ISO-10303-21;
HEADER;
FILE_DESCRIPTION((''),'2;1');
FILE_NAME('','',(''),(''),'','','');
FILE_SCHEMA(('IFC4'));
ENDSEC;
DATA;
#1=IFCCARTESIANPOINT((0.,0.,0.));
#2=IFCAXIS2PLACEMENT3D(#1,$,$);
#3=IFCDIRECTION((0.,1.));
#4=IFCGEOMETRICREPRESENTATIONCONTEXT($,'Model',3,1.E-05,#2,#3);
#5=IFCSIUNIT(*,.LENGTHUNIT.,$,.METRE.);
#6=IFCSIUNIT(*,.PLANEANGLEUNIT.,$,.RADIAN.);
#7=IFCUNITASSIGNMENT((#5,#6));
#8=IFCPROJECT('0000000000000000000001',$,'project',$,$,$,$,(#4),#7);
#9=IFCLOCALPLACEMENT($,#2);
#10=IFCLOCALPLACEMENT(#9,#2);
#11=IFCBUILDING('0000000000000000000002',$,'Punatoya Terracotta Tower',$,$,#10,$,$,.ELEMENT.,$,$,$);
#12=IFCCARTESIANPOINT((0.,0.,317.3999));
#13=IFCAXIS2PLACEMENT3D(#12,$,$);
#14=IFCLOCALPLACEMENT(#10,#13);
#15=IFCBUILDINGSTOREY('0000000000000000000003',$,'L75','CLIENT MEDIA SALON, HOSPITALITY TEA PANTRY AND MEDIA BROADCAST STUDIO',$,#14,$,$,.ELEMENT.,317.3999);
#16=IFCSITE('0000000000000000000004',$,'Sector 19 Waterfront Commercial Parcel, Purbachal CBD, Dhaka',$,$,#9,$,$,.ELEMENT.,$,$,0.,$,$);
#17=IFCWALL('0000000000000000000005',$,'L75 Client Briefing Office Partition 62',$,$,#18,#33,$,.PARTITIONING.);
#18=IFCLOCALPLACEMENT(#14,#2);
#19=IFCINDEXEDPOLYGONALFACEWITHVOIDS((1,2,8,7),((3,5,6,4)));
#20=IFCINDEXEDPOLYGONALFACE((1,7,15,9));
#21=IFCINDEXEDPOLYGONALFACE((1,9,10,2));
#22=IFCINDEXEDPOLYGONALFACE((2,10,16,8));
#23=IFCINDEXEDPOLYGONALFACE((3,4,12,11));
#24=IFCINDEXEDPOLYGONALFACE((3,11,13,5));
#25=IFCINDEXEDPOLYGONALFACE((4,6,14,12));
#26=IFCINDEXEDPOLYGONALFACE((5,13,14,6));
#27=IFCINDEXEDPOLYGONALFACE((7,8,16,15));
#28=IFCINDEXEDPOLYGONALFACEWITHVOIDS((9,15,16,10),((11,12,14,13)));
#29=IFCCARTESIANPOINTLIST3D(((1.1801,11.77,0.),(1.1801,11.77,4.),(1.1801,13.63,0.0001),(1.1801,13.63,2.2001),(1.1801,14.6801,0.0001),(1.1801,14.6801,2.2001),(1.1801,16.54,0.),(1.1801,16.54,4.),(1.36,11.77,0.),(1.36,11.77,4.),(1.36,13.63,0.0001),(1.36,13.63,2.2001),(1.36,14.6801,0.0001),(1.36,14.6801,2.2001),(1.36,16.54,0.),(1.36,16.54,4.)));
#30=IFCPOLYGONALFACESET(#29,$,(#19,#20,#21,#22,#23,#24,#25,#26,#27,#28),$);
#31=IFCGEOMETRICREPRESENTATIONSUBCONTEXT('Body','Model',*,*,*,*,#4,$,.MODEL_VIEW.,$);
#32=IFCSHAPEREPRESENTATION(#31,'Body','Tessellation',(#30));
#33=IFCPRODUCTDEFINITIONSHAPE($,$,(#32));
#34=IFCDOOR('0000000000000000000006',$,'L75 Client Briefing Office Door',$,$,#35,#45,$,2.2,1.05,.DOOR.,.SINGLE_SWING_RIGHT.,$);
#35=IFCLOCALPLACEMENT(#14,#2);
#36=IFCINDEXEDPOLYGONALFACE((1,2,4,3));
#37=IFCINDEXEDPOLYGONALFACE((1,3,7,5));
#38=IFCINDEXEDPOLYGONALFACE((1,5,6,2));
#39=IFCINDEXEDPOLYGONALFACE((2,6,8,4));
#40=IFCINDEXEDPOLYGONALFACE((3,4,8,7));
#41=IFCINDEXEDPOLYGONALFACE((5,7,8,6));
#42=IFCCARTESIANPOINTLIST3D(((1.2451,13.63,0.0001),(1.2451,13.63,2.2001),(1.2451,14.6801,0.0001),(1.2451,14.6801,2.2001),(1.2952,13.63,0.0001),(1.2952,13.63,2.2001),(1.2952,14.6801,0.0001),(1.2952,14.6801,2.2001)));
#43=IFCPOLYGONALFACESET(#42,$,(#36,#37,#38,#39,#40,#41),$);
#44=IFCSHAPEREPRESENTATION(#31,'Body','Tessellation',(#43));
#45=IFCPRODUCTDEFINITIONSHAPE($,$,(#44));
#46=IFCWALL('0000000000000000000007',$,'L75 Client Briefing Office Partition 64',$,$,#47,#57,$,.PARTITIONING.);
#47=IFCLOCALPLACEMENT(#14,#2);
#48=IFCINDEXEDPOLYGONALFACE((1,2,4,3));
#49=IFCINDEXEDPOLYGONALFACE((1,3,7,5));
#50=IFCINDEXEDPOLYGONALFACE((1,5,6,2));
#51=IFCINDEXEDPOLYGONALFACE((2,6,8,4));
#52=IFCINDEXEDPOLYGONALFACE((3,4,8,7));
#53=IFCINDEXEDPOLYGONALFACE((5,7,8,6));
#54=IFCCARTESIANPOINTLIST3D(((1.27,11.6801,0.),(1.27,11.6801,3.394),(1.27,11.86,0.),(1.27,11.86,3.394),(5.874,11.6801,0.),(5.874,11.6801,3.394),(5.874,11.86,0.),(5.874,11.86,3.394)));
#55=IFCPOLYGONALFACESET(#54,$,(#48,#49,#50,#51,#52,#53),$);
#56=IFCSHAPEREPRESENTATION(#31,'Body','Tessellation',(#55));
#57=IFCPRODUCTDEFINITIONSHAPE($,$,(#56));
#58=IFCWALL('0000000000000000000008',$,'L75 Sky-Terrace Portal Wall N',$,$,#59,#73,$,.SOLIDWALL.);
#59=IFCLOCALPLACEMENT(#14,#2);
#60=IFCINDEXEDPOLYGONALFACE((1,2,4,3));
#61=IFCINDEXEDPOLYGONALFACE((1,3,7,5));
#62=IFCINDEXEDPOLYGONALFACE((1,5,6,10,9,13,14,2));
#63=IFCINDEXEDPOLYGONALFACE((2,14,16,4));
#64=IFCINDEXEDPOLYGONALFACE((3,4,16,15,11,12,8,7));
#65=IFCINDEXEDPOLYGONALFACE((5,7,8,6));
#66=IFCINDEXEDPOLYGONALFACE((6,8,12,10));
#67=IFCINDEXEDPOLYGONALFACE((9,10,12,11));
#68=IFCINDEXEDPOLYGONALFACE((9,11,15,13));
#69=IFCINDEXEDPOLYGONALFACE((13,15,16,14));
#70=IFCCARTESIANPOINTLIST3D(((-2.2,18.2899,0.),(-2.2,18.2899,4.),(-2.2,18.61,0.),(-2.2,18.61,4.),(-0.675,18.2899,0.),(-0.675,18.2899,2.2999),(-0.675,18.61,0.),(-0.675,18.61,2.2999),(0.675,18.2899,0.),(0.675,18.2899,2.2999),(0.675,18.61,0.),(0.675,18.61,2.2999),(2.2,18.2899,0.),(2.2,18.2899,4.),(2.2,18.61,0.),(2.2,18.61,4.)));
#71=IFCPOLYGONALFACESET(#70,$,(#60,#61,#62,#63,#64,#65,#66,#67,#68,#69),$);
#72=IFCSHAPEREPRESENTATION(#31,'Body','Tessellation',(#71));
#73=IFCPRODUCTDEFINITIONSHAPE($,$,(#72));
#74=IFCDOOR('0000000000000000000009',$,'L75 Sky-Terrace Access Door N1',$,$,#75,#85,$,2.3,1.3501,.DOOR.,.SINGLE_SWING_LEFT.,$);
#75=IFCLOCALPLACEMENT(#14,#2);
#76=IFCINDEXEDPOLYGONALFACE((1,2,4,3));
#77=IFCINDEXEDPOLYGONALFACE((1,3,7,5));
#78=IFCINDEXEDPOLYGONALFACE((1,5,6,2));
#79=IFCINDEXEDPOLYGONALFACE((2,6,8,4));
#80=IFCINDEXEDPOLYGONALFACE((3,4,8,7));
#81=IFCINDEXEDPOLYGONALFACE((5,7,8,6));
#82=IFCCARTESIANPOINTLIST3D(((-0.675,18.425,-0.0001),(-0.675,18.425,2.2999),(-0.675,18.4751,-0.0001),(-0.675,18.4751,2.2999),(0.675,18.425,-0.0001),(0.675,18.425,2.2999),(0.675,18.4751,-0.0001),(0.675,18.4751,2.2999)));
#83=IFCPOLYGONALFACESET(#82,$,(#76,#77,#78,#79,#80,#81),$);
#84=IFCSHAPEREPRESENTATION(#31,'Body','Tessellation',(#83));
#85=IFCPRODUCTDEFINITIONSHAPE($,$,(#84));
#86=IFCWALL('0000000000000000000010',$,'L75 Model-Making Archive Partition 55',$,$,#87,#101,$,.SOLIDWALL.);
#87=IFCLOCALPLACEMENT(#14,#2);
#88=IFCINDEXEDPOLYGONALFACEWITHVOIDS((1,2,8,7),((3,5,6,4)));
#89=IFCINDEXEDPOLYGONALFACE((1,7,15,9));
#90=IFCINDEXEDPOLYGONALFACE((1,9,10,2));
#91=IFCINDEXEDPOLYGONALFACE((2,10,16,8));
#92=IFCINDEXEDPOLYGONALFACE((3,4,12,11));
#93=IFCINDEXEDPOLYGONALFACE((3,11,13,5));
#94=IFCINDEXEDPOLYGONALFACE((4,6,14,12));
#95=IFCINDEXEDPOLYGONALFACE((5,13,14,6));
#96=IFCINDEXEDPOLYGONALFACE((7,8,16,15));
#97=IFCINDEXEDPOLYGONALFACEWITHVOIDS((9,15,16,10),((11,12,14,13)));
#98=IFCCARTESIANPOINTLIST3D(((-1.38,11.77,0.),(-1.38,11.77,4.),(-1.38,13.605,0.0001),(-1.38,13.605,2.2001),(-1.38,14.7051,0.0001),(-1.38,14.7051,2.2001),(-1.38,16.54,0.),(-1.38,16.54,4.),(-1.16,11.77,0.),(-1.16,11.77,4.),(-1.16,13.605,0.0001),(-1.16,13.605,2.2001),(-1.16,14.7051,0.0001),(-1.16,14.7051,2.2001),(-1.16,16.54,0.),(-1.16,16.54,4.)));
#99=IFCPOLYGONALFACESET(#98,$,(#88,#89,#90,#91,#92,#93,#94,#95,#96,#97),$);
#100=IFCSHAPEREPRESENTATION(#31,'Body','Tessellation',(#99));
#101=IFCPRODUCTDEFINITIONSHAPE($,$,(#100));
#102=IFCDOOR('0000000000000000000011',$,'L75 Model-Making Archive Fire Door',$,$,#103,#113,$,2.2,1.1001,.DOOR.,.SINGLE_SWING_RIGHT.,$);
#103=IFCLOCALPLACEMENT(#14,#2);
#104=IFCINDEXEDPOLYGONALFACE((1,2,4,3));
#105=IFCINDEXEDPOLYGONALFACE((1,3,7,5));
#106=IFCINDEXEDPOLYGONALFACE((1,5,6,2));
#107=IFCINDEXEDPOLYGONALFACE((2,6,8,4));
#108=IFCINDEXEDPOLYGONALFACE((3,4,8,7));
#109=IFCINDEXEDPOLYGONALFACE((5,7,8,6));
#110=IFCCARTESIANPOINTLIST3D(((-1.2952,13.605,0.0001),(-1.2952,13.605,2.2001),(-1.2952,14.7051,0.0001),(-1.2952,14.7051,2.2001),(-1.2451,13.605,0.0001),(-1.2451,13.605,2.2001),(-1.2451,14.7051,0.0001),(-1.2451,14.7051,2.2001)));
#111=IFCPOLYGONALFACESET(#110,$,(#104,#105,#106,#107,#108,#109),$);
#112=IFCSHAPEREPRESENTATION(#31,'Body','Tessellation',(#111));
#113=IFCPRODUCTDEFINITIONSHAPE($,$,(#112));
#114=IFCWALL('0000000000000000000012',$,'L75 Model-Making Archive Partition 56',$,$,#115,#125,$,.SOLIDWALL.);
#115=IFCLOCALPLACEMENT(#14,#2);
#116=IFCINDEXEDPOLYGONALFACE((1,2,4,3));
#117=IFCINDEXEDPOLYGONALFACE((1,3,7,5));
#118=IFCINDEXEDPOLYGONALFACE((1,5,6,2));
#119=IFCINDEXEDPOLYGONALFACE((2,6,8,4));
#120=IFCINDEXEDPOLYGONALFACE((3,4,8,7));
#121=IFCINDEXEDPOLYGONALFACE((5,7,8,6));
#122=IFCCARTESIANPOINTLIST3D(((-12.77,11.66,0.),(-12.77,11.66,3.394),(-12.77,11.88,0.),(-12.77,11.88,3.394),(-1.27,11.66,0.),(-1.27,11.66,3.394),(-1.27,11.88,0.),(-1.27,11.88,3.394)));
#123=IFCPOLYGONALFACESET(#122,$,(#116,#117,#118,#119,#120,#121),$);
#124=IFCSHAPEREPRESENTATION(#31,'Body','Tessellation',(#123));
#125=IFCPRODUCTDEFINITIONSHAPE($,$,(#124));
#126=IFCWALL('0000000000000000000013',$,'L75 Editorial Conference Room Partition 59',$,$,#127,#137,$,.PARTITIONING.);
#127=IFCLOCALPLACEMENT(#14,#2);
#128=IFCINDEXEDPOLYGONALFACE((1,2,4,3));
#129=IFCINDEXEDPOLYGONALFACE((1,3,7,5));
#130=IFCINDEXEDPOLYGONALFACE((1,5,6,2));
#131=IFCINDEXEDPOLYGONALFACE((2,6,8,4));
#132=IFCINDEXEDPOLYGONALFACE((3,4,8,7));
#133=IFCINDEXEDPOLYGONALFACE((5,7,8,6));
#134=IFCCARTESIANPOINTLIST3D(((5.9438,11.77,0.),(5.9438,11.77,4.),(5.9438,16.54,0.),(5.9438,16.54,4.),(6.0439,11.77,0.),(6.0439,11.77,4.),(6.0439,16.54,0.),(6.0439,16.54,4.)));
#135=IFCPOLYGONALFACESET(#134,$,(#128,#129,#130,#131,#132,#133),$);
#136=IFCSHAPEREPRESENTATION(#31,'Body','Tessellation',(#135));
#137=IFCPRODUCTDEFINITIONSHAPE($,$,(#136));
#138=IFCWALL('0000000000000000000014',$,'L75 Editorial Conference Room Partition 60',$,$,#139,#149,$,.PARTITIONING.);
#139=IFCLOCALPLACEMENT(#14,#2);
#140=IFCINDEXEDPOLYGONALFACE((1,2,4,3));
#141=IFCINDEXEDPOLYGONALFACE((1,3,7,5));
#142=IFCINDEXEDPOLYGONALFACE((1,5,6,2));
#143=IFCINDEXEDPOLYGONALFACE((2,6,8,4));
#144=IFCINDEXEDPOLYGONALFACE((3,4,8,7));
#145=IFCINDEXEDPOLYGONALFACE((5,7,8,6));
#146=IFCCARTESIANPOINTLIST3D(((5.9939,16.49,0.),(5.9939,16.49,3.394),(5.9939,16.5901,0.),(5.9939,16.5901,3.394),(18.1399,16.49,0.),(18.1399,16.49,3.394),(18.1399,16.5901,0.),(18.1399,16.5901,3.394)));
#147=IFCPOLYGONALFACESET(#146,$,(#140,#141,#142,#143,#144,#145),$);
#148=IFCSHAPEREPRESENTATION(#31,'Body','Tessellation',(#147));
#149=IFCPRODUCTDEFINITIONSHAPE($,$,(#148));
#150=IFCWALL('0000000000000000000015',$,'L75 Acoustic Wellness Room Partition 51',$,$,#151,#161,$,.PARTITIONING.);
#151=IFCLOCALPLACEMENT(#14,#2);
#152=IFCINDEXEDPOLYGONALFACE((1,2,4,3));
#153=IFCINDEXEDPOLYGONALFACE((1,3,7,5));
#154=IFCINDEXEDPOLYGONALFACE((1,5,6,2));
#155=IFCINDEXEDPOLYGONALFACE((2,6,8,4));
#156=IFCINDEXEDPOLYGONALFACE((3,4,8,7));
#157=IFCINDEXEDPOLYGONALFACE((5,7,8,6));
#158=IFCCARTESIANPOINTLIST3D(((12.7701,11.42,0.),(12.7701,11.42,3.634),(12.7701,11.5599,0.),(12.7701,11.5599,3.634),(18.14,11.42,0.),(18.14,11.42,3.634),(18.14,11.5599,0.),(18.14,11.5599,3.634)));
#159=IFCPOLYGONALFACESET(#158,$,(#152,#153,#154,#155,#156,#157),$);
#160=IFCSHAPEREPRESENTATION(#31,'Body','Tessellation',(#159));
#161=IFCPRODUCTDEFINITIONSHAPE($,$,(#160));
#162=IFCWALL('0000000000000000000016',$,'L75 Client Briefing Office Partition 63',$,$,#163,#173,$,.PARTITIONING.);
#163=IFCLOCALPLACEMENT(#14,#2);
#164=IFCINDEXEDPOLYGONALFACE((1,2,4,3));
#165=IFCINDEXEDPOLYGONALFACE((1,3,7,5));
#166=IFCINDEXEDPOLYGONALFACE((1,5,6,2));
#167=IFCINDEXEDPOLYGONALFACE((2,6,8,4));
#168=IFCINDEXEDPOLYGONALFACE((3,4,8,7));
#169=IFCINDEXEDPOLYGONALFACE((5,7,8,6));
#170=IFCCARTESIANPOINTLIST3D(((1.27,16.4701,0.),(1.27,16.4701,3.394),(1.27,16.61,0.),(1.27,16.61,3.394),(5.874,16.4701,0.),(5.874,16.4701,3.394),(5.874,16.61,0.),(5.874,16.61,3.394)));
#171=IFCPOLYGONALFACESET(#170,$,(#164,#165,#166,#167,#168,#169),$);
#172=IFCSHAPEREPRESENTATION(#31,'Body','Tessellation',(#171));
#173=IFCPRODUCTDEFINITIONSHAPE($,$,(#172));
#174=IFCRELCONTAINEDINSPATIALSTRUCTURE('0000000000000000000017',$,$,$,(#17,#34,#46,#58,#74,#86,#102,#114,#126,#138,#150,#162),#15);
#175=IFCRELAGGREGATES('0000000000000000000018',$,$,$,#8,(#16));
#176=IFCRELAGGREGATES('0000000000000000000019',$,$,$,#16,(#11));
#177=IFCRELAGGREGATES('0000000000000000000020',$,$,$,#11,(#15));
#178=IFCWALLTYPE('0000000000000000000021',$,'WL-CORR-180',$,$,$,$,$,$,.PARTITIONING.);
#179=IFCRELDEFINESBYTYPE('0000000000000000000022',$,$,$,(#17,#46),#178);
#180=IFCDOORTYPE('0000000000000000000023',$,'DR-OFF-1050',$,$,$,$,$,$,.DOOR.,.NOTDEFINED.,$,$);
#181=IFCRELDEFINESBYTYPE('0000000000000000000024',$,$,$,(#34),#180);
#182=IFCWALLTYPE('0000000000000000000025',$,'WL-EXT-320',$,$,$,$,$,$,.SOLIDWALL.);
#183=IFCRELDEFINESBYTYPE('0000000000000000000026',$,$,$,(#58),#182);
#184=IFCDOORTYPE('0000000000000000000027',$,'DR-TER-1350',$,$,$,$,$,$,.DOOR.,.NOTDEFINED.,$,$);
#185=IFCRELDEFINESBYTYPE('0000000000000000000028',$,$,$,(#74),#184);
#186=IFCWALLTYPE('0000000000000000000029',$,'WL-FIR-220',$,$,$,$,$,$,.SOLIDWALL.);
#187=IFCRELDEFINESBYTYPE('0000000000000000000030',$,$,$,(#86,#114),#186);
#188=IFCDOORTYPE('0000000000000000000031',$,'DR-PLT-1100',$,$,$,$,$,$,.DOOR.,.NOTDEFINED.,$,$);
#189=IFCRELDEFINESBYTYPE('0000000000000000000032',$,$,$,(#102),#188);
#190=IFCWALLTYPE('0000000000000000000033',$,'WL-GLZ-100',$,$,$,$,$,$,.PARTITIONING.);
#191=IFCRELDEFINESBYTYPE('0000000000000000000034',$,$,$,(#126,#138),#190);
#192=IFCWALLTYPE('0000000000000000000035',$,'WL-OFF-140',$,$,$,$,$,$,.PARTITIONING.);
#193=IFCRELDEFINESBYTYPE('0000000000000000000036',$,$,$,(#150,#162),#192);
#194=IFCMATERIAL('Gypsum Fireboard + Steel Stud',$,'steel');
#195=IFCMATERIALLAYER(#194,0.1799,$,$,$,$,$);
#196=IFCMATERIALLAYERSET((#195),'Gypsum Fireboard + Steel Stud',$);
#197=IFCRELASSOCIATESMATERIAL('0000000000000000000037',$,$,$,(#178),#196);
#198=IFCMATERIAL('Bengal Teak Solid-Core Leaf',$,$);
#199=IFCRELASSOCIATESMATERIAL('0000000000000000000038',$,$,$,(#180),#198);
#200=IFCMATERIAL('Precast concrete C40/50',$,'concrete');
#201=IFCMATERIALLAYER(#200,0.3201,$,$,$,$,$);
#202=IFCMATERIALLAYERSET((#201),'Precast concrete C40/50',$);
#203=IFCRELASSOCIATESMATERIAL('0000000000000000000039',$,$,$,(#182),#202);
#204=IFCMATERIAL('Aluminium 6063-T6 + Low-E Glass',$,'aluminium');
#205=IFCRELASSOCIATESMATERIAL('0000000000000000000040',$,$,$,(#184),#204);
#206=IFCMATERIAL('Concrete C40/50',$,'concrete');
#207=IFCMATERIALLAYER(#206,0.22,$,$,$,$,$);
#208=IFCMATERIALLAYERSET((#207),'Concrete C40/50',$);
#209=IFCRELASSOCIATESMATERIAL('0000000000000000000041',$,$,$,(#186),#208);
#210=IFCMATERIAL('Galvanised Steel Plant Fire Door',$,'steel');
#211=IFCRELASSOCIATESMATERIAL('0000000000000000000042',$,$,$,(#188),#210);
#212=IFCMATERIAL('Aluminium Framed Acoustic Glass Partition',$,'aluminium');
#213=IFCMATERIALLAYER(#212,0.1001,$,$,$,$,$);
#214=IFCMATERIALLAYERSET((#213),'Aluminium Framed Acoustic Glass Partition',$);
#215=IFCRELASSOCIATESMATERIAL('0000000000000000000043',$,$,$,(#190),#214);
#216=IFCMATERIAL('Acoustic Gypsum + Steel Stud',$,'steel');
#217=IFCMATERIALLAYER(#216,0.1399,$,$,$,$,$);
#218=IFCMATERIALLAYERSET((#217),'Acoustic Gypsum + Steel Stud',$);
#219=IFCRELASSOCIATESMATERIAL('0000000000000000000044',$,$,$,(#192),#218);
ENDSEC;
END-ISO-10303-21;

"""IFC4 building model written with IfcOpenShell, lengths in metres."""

from ifc_helpers import new_model, si_unit, direction, frame, frame_2d, origin, place, context, subcontext, project, spatial, rectangle, extrude, material, layer, layer_set, type_object, element, fill, save


model = new_model("IFC4")

# Units and contexts
model_context = context("Model", 3, precision=1e-05, world=origin(), true_north=direction((0.0, 1.0)))
body_context = subcontext(model_context, "Body", "Model", "MODEL_VIEW")
ifc_project = project(units=[si_unit("LENGTHUNIT", "METRE"), si_unit("PLANEANGLEUNIT", "RADIAN")], contexts=[model_context])

# Site, building, storey
site_placement = place(None, origin())
site = spatial("IfcSite", under=ifc_project, at=site_placement, Name="Sector 19 Waterfront Commercial Parcel, Purbachal CBD, Dhaka", CompositionType="ELEMENT", RefElevation=0.0)
building_placement = place(site_placement, origin())
building = spatial("IfcBuilding", under=site, at=building_placement, Name="Punatoya Terracotta Tower", CompositionType="ELEMENT")
storey_placement = place(building_placement, frame((0.0, 0.0, 317.3999)))
storey = spatial("IfcBuildingStorey", under=building, at=storey_placement, Name="L75", Description="CLIENT MEDIA SALON, HOSPITALITY TEA PANTRY AND MEDIA BROADCAST STUDIO", CompositionType="ELEMENT", Elevation=317.3999)

# Wall, opening, door
ifc_material_1 = material(Name="Gypsum Fireboard + Steel Stud", Category="steel")
ifc_layer_1 = layer(ifc_material_1, 0.1799)
ifc_layer_set_1 = layer_set([ifc_layer_1], Name="Gypsum Fireboard + Steel Stud")
wall_type_1 = type_object("IfcWallType", Name="WL-CORR-180", PredefinedType="PARTITIONING", material=ifc_layer_set_1)
wall_1_placement = place(storey_placement, frame((1.27, 11.77, 0.0), z_axis=(0.0, 0.0, 1.0), x_axis=(0.0, 1.0, 0.0)))
wall_1 = element("IfcWall", 1, at=wall_1_placement, inside=storey, type_object=wall_type_1, Name="L75 Client Briefing Office Partition 62", PredefinedType="PARTITIONING", context=body_context, shape_type="SweptSolid", body=[
    extrude(rectangle(XDim=4.77, YDim=0.1799, at=frame_2d((2.385, 0.0))), origin(), (0.0, 0.0, 1.0), 4.0),
])
opening_1_placement = place(wall_1_placement, frame((1.8601, 0.0, 0.0)))
opening_1 = element("IfcOpeningElement", 2, at=opening_1_placement, cuts=wall_1, PredefinedType="OPENING", context=body_context, shape_type="SweptSolid", body=[
    extrude(rectangle(XDim=1.05, YDim=2.2, at=frame_2d((0.5249, 1.1001))), frame((0.0, 0.0999, 0.0), z_axis=(0.0, -1.0, 0.0), x_axis=(1.0, 0.0, 0.0)), (0.0, 0.0, 1.0), 0.2),
])
ifc_material_2 = material(Name="Bengal Teak Solid-Core Leaf")
door_type_1 = type_object("IfcDoorType", Name="DR-OFF-1050", OperationType="NOTDEFINED", PredefinedType="DOOR", material=ifc_material_2)
door_1_placement = place(opening_1_placement, origin())
door_1 = element("IfcDoor", 3, at=door_1_placement, inside=storey, type_object=door_type_1, Name="L75 Client Briefing Office Door", OperationType="SINGLE_SWING_RIGHT", OverallHeight=2.2, OverallWidth=1.05, PredefinedType="DOOR", context=body_context, shape_type="SweptSolid", body=[
    extrude(rectangle(XDim=1.05, YDim=2.2, at=frame_2d((0.5249, 1.1001))), frame((0.0, 0.0249, 0.0), z_axis=(0.0, -1.0, 0.0), x_axis=(1.0, 0.0, 0.0)), (0.0, 0.0, 1.0), 0.05),
])
fill(opening_1, door_1)

# Wall
wall_2_placement = place(storey_placement, frame((5.874, 11.77, 0.0), z_axis=(0.0, 0.0, 1.0), x_axis=(-1.0, 0.0, 0.0)))
element("IfcWall", 4, at=wall_2_placement, inside=storey, type_object=wall_type_1, Name="L75 Client Briefing Office Partition 64", PredefinedType="PARTITIONING", context=body_context, shape_type="SweptSolid", body=[
    extrude(rectangle(XDim=4.604, YDim=0.1799, at=frame_2d((2.302, 0.0))), origin(), (0.0, 0.0, 1.0), 3.394),
])

# Walls, openings, doors
ifc_material_3 = material(Name="Precast concrete C40/50", Category="concrete")
ifc_layer_2 = layer(ifc_material_3, 0.3201)
ifc_layer_set_2 = layer_set([ifc_layer_2], Name="Precast concrete C40/50")
wall_type_2 = type_object("IfcWallType", Name="WL-EXT-320", PredefinedType="SOLIDWALL", material=ifc_layer_set_2)
wall_3_placement = place(storey_placement, frame((2.2, 18.45, 0.0), z_axis=(0.0, 0.0, 1.0), x_axis=(-1.0, 0.0, 0.0)))
wall_3 = element("IfcWall", 5, at=wall_3_placement, inside=storey, type_object=wall_type_2, Name="L75 Sky-Terrace Portal Wall N", PredefinedType="SOLIDWALL", context=body_context, shape_type="SweptSolid", body=[
    extrude(rectangle(XDim=4.3999, YDim=0.3201, at=frame_2d((2.2, 0.0))), origin(), (0.0, 0.0, 1.0), 4.0),
])
opening_2_placement = place(wall_3_placement, frame((1.5249, 0.0, 0.0)))
opening_2 = element("IfcOpeningElement", 6, at=opening_2_placement, cuts=wall_3, PredefinedType="OPENING", context=body_context, shape_type="SweptSolid", body=[
    extrude(rectangle(XDim=1.3501, YDim=2.3, at=frame_2d((0.675, 1.1499))), frame((0.0, 0.1699, 0.0), z_axis=(0.0, -1.0, 0.0), x_axis=(1.0, 0.0, 0.0)), (0.0, 0.0, 1.0), 0.3401),
])
ifc_material_4 = material(Name="Aluminium 6063-T6 + Low-E Glass", Category="aluminium")
door_type_2 = type_object("IfcDoorType", Name="DR-TER-1350", OperationType="NOTDEFINED", PredefinedType="DOOR", material=ifc_material_4)
door_2_placement = place(opening_2_placement, origin())
door_2 = element("IfcDoor", 7, at=door_2_placement, inside=storey, type_object=door_type_2, Name="L75 Sky-Terrace Access Door N1", OperationType="SINGLE_SWING_LEFT", OverallHeight=2.3, OverallWidth=1.3501, PredefinedType="DOOR", context=body_context, shape_type="SweptSolid", body=[
    extrude(rectangle(XDim=1.3501, YDim=2.3, at=frame_2d((0.675, 1.1499))), frame((0.0, 0.0249, 0.0), z_axis=(0.0, -1.0, 0.0), x_axis=(1.0, 0.0, 0.0)), (0.0, 0.0, 1.0), 0.05),
])
fill(opening_2, door_2)
ifc_material_5 = material(Name="Concrete C40/50", Category="concrete")
ifc_layer_3 = layer(ifc_material_5, 0.22)
ifc_layer_set_3 = layer_set([ifc_layer_3], Name="Concrete C40/50")
wall_type_3 = type_object("IfcWallType", Name="WL-FIR-220", PredefinedType="SOLIDWALL", material=ifc_layer_set_3)
wall_4_placement = place(storey_placement, frame((-1.27, 16.54, 0.0), z_axis=(0.0, 0.0, 1.0), x_axis=(0.0, -1.0, 0.0)))
wall_4 = element("IfcWall", 8, at=wall_4_placement, inside=storey, type_object=wall_type_3, Name="L75 Model-Making Archive Partition 55", PredefinedType="SOLIDWALL", context=body_context, shape_type="SweptSolid", body=[
    extrude(rectangle(XDim=4.77, YDim=0.22, at=frame_2d((2.385, 0.0))), origin(), (0.0, 0.0, 1.0), 4.0),
])
opening_3_placement = place(wall_4_placement, frame((1.835, 0.0, 0.0)))
opening_3 = element("IfcOpeningElement", 9, at=opening_3_placement, cuts=wall_4, PredefinedType="OPENING", context=body_context, shape_type="SweptSolid", body=[
    extrude(rectangle(XDim=1.1001, YDim=2.2, at=frame_2d((0.55, 1.1001))), frame((0.0, 0.1199, 0.0), z_axis=(0.0, -1.0, 0.0), x_axis=(1.0, 0.0, 0.0)), (0.0, 0.0, 1.0), 0.24),
])
ifc_material_6 = material(Name="Galvanised Steel Plant Fire Door", Category="steel")
door_type_3 = type_object("IfcDoorType", Name="DR-PLT-1100", OperationType="NOTDEFINED", PredefinedType="DOOR", material=ifc_material_6)
door_3_placement = place(opening_3_placement, origin())
door_3 = element("IfcDoor", 10, at=door_3_placement, inside=storey, type_object=door_type_3, Name="L75 Model-Making Archive Fire Door", OperationType="SINGLE_SWING_RIGHT", OverallHeight=2.2, OverallWidth=1.1001, PredefinedType="DOOR", context=body_context, shape_type="SweptSolid", body=[
    extrude(rectangle(XDim=1.1001, YDim=2.2, at=frame_2d((0.55, 1.1001))), frame((0.0, 0.0249, 0.0), z_axis=(0.0, -1.0, 0.0), x_axis=(1.0, 0.0, 0.0)), (0.0, 0.0, 1.0), 0.05),
])
fill(opening_3, door_3)

# Walls
wall_5_placement = place(storey_placement, frame((-1.27, 11.77, 0.0), z_axis=(0.0, 0.0, 1.0), x_axis=(-1.0, 0.0, 0.0)))
element("IfcWall", 11, at=wall_5_placement, inside=storey, type_object=wall_type_3, Name="L75 Model-Making Archive Partition 56", PredefinedType="SOLIDWALL", context=body_context, shape_type="SweptSolid", body=[
    extrude(rectangle(XDim=11.5, YDim=0.22, at=frame_2d((5.75, 0.0))), origin(), (0.0, 0.0, 1.0), 3.394),
])
ifc_material_7 = material(Name="Aluminium Framed Acoustic Glass Partition", Category="aluminium")
ifc_layer_4 = layer(ifc_material_7, 0.1001)
ifc_layer_set_4 = layer_set([ifc_layer_4], Name="Aluminium Framed Acoustic Glass Partition")
wall_type_4 = type_object("IfcWallType", Name="WL-GLZ-100", PredefinedType="PARTITIONING", material=ifc_layer_set_4)
wall_6_placement = place(storey_placement, frame((5.9939, 11.77, 0.0), z_axis=(0.0, 0.0, 1.0), x_axis=(0.0, 1.0, 0.0)))
element("IfcWall", 12, at=wall_6_placement, inside=storey, type_object=wall_type_4, Name="L75 Editorial Conference Room Partition 59", PredefinedType="PARTITIONING", context=body_context, shape_type="SweptSolid", body=[
    extrude(rectangle(XDim=4.77, YDim=0.1001, at=frame_2d((2.385, 0.0))), origin(), (0.0, 0.0, 1.0), 4.0),
])
wall_7_placement = place(storey_placement, frame((5.9939, 16.54, 0.0), z_axis=(0.0, 0.0, 1.0), x_axis=(1.0, 0.0, 0.0)))
element("IfcWall", 13, at=wall_7_placement, inside=storey, type_object=wall_type_4, Name="L75 Editorial Conference Room Partition 60", PredefinedType="PARTITIONING", context=body_context, shape_type="SweptSolid", body=[
    extrude(rectangle(XDim=12.146, YDim=0.1001, at=frame_2d((6.073, 0.0))), origin(), (0.0, 0.0, 1.0), 3.394),
])
ifc_material_8 = material(Name="Acoustic Gypsum + Steel Stud", Category="steel")
ifc_layer_5 = layer(ifc_material_8, 0.1399)
ifc_layer_set_5 = layer_set([ifc_layer_5], Name="Acoustic Gypsum + Steel Stud")
wall_type_5 = type_object("IfcWallType", Name="WL-OFF-140", PredefinedType="PARTITIONING", material=ifc_layer_set_5)
wall_8_placement = place(storey_placement, frame((12.77, 11.49, 0.0), z_axis=(0.0, 0.0, 1.0), x_axis=(1.0, 0.0, 0.0)))
element("IfcWall", 14, at=wall_8_placement, inside=storey, type_object=wall_type_5, Name="L75 Acoustic Wellness Room Partition 51", PredefinedType="PARTITIONING", context=body_context, shape_type="SweptSolid", body=[
    extrude(rectangle(XDim=5.3699, YDim=0.1399, at=frame_2d((2.6851, 0.0))), origin(), (0.0, 0.0, 1.0), 3.634),
])
wall_9_placement = place(storey_placement, frame((1.27, 16.54, 0.0), z_axis=(0.0, 0.0, 1.0), x_axis=(1.0, 0.0, 0.0)))
element("IfcWall", 15, at=wall_9_placement, inside=storey, type_object=wall_type_5, Name="L75 Client Briefing Office Partition 63", PredefinedType="PARTITIONING", context=body_context, shape_type="SweptSolid", body=[
    extrude(rectangle(XDim=4.604, YDim=0.1399, at=frame_2d((2.302, 0.0))), origin(), (0.0, 0.0, 1.0), 3.394),
])

save(model, "model.ifc")
